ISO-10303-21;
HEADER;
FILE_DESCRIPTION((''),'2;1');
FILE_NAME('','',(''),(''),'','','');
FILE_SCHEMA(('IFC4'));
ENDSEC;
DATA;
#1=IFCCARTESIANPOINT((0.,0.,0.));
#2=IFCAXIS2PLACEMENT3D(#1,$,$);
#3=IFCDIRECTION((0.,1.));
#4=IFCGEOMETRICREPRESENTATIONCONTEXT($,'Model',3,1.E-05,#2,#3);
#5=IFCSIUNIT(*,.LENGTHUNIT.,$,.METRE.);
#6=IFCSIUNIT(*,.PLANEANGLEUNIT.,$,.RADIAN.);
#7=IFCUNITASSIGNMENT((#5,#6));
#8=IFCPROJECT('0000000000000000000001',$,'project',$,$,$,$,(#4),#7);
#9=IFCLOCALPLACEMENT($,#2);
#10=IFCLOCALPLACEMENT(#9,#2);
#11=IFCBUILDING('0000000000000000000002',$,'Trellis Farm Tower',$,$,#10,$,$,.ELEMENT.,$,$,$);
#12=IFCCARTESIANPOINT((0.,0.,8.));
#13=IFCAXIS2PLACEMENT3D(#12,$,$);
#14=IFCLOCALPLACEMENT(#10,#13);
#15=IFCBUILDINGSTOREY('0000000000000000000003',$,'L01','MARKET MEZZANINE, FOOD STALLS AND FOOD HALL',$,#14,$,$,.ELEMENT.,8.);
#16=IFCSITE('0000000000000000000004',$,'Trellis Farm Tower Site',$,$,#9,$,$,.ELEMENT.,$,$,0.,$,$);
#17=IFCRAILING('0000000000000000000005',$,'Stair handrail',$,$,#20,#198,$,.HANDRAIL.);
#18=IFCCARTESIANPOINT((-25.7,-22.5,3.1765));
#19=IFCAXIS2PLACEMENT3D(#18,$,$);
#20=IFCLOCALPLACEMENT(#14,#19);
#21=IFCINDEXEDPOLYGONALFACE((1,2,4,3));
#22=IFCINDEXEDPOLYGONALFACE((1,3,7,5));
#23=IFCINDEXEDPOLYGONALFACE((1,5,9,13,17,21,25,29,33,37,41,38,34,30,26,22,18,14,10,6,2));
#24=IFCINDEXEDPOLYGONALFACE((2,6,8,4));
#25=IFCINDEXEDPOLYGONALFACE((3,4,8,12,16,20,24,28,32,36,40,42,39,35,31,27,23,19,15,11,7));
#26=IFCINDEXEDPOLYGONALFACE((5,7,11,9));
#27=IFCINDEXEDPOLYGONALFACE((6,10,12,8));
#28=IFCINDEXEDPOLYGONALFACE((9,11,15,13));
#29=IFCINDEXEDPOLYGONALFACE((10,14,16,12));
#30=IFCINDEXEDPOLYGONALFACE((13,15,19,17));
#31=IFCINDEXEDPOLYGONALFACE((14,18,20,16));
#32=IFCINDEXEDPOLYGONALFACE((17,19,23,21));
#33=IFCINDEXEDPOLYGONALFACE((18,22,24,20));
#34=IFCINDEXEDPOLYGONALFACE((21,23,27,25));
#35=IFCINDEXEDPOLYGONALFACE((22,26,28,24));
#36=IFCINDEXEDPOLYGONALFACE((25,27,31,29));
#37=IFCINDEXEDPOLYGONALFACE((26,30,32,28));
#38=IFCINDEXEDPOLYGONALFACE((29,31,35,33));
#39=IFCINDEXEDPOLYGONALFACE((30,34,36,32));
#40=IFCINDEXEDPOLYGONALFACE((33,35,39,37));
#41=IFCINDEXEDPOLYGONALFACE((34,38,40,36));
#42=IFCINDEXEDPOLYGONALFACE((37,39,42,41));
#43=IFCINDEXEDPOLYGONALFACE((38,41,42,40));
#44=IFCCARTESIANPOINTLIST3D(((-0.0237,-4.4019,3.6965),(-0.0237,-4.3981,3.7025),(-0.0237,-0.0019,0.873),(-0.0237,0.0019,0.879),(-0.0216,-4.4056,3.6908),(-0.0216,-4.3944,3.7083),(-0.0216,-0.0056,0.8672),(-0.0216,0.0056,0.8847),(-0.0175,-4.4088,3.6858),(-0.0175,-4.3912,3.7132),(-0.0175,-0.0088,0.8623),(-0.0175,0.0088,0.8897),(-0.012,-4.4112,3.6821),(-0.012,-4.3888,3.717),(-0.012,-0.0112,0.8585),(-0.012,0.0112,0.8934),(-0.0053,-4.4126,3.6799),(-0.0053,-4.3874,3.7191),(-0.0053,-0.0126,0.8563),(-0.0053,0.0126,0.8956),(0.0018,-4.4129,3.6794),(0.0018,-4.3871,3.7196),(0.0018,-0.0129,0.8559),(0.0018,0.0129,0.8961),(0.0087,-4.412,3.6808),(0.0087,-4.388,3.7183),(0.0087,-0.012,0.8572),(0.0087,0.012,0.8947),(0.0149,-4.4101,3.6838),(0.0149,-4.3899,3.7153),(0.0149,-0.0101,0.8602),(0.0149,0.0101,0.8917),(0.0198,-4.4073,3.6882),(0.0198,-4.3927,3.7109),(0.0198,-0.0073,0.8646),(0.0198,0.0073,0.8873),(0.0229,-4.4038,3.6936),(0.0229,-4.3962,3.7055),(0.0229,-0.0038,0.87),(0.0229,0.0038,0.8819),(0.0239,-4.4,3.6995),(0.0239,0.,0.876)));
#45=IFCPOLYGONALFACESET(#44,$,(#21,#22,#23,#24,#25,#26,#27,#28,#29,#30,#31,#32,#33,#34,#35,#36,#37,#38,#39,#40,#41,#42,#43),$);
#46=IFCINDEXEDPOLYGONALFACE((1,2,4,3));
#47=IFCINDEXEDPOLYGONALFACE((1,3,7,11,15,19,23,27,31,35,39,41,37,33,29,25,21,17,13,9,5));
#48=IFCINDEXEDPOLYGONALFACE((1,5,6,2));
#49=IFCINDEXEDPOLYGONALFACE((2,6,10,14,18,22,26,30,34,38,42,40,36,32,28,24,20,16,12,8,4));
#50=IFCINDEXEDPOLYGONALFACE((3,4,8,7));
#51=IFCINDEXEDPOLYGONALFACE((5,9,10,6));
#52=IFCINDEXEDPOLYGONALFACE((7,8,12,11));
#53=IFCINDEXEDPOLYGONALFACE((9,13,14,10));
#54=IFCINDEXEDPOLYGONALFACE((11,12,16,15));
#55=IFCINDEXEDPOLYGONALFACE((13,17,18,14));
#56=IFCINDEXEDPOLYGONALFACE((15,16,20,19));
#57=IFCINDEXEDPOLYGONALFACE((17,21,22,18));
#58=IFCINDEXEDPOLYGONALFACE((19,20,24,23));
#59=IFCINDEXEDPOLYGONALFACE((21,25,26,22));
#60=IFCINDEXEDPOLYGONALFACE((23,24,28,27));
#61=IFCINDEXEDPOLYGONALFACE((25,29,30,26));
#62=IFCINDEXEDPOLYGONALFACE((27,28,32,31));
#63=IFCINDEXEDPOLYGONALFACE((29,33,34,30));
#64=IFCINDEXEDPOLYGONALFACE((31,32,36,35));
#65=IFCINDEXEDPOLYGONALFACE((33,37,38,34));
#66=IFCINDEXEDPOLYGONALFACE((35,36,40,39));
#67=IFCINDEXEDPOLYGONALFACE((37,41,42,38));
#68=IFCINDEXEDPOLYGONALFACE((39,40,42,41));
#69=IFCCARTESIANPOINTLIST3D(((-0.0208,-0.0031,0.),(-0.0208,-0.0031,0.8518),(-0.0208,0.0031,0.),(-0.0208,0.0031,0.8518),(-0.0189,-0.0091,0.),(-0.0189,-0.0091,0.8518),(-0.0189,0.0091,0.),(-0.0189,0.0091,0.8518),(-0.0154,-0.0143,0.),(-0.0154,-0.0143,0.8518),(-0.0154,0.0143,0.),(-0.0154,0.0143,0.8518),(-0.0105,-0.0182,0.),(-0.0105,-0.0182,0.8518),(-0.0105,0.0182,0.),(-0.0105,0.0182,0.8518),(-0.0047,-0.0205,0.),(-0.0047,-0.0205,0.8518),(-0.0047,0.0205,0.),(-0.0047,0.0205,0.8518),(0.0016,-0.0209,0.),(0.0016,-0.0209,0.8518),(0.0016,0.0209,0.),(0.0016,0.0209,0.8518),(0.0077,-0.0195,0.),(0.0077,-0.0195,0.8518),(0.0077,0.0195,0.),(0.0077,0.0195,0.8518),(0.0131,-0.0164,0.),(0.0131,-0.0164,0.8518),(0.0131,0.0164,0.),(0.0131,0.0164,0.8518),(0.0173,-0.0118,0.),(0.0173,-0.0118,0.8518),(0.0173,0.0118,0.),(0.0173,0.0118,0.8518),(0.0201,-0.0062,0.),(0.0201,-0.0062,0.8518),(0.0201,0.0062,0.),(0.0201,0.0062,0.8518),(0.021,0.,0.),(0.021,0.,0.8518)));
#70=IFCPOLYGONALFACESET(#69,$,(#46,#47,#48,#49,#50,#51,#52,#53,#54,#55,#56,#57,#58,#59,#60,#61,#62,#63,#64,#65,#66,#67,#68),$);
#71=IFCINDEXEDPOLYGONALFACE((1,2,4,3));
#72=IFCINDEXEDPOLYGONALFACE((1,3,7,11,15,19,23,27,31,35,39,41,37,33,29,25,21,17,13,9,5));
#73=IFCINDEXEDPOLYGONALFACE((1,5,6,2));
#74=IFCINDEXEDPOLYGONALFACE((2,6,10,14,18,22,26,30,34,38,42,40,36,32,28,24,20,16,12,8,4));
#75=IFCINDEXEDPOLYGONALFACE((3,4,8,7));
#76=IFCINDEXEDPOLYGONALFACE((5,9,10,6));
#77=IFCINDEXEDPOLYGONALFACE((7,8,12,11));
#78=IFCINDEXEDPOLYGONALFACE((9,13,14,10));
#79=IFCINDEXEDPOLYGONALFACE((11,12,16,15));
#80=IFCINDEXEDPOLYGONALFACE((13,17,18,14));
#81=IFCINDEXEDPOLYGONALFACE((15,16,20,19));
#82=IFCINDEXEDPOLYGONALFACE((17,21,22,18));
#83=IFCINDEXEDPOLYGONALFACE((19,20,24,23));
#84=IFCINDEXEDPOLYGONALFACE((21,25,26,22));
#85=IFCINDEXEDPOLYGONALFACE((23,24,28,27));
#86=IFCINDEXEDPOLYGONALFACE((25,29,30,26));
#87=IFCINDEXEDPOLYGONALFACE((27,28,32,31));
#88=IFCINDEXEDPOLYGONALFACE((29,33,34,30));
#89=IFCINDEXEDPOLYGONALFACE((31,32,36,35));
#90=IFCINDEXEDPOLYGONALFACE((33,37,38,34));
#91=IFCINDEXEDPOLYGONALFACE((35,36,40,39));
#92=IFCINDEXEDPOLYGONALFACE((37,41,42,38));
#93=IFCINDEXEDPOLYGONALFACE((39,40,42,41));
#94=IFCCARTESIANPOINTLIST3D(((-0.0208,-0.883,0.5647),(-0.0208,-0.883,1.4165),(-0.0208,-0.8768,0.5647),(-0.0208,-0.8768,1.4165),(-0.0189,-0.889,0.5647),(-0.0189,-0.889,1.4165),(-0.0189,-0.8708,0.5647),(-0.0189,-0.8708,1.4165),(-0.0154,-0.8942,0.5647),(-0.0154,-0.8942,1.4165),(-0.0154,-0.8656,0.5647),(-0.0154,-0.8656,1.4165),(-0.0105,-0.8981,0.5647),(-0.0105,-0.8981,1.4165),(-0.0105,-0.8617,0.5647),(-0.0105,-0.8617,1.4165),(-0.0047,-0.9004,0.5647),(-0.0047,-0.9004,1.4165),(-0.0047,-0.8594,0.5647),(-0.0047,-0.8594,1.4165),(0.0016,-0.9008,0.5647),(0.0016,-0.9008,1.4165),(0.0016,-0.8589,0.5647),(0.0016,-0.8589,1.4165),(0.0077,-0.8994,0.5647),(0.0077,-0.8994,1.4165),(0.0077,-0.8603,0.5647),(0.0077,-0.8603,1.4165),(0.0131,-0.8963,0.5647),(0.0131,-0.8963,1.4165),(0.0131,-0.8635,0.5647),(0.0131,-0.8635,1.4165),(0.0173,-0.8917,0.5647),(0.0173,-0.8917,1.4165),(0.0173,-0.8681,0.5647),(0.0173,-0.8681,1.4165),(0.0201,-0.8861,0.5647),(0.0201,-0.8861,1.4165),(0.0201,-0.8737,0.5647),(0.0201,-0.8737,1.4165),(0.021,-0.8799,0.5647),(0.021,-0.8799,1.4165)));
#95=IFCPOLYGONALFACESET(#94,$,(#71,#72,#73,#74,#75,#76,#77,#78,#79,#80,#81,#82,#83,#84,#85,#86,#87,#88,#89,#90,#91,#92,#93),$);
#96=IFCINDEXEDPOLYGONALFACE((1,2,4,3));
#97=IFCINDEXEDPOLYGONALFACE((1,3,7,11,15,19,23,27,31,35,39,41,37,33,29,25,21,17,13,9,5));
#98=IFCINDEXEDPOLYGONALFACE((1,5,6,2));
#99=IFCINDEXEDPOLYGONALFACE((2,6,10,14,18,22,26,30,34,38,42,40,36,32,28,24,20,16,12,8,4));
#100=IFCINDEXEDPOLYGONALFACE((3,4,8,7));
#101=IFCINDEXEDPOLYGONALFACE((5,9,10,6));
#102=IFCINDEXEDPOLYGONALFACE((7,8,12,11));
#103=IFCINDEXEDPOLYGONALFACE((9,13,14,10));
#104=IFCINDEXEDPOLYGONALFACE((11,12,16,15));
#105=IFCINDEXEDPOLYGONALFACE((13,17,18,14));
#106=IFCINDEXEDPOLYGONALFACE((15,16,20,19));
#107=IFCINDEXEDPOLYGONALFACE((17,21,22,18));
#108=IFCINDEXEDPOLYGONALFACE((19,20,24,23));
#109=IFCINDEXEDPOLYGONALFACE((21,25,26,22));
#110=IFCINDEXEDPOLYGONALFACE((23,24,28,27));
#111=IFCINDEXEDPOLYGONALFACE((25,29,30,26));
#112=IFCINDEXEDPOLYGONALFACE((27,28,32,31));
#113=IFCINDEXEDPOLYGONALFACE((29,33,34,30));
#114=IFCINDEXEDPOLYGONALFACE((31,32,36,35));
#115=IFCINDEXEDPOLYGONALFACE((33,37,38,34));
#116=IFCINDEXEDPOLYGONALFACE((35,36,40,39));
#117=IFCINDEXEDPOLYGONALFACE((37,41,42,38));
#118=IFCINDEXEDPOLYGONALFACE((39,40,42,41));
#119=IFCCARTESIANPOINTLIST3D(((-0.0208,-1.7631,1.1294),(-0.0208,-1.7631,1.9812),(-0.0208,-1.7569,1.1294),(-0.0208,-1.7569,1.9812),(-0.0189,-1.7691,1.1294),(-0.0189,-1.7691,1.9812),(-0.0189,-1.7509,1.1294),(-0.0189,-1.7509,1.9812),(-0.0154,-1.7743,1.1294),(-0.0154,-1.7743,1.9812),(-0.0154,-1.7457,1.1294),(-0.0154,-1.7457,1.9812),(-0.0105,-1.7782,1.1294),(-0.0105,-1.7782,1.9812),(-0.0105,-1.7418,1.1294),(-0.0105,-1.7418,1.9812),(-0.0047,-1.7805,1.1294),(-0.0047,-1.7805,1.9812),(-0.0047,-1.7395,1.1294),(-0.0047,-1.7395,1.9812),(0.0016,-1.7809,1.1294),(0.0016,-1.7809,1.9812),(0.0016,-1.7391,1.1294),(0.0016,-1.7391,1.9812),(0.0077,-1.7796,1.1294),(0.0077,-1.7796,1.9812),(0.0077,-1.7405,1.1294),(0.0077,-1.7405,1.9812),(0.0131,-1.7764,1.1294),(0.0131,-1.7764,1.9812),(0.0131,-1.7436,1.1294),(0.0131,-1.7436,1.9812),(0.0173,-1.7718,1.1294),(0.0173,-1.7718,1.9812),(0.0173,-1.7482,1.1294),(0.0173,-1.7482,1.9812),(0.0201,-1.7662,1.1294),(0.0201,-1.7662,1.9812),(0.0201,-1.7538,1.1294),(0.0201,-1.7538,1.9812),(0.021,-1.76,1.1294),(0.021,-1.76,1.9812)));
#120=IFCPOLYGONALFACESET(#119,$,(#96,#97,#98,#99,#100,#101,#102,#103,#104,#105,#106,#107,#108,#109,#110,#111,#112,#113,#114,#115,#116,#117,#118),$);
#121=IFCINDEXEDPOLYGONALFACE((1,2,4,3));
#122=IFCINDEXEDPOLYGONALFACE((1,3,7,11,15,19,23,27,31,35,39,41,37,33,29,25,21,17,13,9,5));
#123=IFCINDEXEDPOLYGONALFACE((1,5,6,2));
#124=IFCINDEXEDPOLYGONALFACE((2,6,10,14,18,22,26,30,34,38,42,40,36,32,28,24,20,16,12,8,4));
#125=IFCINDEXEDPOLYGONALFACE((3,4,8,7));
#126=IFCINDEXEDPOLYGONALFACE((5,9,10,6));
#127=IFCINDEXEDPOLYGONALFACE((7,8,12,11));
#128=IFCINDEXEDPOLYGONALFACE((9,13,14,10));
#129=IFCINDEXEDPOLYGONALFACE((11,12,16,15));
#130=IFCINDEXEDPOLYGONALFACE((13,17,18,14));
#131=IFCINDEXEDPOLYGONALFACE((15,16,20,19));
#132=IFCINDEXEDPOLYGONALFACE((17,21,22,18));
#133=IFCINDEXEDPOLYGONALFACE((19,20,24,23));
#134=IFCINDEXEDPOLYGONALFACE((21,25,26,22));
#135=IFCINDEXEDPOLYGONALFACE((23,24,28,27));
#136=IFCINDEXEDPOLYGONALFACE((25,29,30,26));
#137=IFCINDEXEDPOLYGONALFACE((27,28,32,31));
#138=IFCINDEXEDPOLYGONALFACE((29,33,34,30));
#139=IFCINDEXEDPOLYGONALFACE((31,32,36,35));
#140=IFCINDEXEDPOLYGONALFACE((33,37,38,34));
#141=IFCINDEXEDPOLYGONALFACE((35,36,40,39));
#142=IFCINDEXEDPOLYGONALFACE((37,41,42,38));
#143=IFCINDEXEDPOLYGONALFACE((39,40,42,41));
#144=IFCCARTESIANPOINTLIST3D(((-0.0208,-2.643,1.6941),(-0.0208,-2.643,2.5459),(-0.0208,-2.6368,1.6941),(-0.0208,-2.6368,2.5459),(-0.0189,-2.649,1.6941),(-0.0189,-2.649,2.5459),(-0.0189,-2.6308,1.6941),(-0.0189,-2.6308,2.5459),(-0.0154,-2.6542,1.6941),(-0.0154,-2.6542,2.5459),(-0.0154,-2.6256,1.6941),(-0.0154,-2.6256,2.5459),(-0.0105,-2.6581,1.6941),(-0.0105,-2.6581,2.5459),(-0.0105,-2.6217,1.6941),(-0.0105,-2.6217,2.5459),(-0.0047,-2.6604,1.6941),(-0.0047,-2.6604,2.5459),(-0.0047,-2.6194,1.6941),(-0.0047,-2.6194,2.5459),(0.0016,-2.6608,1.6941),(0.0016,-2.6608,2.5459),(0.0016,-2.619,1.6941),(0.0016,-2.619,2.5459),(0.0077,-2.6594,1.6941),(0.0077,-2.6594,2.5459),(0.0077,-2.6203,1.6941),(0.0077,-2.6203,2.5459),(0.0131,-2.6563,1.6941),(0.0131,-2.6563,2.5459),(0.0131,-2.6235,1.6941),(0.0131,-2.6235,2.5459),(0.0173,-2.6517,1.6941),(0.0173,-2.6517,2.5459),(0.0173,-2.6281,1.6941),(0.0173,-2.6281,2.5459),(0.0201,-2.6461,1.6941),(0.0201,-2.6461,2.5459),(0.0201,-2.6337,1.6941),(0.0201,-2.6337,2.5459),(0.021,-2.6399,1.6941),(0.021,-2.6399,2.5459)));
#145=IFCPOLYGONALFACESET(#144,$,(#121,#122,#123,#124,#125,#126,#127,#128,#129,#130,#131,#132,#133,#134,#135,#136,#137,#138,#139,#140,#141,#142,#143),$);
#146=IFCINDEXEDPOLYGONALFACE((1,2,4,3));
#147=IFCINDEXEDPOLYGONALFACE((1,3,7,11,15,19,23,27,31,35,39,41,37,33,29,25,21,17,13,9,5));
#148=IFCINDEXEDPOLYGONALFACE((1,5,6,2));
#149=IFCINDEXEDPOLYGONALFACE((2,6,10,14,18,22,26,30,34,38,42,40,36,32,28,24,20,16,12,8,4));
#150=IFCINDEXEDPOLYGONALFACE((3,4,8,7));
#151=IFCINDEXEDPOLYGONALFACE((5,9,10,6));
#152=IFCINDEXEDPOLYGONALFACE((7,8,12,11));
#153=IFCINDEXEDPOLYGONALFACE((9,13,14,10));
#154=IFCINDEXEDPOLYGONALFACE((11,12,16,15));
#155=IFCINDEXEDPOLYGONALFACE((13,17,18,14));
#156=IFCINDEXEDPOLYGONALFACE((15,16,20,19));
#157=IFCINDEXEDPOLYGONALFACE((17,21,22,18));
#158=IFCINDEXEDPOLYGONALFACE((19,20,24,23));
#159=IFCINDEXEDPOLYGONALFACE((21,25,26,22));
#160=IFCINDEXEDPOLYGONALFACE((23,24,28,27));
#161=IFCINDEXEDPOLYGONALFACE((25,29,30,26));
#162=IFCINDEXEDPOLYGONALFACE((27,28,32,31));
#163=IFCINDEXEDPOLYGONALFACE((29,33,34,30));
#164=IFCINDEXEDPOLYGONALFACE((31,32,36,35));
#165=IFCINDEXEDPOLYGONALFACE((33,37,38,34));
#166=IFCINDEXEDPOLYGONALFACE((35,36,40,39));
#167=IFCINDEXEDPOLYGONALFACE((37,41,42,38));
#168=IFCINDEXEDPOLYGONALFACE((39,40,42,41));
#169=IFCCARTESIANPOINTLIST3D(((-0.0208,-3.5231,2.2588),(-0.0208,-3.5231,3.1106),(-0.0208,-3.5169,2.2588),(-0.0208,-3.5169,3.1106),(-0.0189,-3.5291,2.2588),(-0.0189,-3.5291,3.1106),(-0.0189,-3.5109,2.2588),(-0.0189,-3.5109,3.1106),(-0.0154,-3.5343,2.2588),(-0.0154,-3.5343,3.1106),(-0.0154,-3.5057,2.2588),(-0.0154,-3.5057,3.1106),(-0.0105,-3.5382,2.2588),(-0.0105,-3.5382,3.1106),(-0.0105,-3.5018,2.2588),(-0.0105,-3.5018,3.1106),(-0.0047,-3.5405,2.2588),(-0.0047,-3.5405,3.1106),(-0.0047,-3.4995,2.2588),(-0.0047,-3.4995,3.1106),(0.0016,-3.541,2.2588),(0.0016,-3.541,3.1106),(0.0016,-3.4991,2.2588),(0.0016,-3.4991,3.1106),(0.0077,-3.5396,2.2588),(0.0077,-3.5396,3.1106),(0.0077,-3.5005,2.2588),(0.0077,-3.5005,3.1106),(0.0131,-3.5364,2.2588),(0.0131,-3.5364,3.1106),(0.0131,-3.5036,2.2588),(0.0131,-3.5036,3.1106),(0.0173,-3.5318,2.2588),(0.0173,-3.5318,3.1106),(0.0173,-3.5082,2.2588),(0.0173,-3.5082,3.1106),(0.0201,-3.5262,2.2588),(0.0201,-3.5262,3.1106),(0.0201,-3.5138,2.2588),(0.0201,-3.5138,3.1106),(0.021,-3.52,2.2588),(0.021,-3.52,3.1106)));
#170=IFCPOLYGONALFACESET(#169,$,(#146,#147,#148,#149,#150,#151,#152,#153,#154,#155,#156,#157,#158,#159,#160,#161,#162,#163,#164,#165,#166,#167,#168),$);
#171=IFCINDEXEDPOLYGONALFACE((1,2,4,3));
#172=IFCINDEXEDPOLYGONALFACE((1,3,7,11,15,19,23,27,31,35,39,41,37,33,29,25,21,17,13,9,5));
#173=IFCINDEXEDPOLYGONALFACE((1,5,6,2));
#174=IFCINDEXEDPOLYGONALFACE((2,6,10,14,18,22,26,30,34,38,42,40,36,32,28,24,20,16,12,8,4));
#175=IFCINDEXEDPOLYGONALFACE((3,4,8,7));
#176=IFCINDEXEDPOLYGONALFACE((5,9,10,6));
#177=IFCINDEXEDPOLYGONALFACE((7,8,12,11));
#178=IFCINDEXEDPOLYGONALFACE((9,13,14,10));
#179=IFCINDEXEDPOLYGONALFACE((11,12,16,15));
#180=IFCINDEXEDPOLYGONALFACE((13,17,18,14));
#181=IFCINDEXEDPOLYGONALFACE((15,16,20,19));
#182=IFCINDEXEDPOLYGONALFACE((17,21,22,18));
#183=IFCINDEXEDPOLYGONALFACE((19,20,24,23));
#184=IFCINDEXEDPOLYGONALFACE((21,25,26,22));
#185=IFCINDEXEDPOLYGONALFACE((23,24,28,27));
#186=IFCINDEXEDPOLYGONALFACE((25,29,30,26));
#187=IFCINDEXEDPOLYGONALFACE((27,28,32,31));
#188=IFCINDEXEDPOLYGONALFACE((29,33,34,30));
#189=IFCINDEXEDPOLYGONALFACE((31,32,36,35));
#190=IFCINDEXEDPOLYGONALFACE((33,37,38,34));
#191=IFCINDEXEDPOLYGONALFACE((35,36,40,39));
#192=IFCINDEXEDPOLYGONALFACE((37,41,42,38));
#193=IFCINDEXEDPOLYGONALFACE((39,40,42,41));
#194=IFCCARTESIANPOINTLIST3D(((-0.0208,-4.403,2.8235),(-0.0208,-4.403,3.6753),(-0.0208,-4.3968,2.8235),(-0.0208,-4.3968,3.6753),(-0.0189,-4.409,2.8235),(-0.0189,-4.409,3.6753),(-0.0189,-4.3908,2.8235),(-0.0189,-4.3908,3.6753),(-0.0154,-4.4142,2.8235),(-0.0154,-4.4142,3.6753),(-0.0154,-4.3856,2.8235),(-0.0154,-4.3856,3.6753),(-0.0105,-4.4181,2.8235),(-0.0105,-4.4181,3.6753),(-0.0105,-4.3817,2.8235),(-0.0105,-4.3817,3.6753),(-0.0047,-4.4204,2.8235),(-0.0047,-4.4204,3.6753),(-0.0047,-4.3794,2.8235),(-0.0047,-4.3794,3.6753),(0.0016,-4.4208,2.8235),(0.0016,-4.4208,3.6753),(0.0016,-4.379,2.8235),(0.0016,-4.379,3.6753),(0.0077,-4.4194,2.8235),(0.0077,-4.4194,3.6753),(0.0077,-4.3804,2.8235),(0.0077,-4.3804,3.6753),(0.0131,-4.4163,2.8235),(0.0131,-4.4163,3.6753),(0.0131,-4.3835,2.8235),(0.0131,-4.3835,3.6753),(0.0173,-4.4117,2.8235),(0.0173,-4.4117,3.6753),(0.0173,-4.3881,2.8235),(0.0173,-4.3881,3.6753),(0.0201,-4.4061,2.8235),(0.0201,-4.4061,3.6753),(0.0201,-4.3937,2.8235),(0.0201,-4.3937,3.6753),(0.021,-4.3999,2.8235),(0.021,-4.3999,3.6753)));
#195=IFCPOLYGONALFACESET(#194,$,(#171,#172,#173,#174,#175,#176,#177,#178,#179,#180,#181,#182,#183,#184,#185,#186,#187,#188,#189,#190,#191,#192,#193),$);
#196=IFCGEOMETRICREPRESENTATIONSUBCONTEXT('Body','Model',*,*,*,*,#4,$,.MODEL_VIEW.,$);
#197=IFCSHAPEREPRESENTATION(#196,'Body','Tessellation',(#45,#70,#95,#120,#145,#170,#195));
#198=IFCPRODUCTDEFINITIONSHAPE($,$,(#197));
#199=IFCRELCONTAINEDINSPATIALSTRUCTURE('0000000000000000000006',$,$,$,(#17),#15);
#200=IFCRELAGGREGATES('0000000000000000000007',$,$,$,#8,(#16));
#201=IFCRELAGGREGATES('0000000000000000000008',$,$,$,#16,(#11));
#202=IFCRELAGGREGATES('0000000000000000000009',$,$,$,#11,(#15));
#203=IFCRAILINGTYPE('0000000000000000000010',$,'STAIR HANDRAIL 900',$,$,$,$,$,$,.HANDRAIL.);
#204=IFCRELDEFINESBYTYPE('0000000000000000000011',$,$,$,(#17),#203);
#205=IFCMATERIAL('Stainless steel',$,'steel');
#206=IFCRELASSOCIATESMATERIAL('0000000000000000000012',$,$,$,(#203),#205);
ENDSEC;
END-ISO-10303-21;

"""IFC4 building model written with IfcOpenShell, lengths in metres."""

from ifc_helpers import new_model, si_unit, direction, frame, origin, origin_2d, place, context, subcontext, project, spatial, circle, extrude, source, transform, mapped, material, type_object, element, save


model = new_model("IFC4")

# Units and contexts
model_context = context("Model", 3, precision=1e-05, world=origin(), true_north=direction((0.0, 1.0)))
body_context = subcontext(model_context, "Body", "Model", "MODEL_VIEW")
ifc_project = project(units=[si_unit("LENGTHUNIT", "METRE"), si_unit("PLANEANGLEUNIT", "RADIAN")], contexts=[model_context])

# Site, building, storey
site_placement = place(None, origin())
site = spatial("IfcSite", under=ifc_project, at=site_placement, Name="Trellis Farm Tower Site", CompositionType="ELEMENT", RefElevation=0.0)
building_placement = place(site_placement, origin())
building = spatial("IfcBuilding", under=site, at=building_placement, Name="Trellis Farm Tower", CompositionType="ELEMENT")
storey_placement = place(building_placement, frame((0.0, 0.0, 8.0)))
storey = spatial("IfcBuildingStorey", under=building, at=storey_placement, Name="L01", Description="MARKET MEZZANINE, FOOD STALLS AND FOOD HALL", CompositionType="ELEMENT", Elevation=8.0)

# Railing
ifc_material_1 = material(Name="Stainless steel", Category="steel")
railing_type = type_object("IfcRailingType", Name="STAIR HANDRAIL 900", PredefinedType="HANDRAIL", material=ifc_material_1)
shared_shape_1 = source(origin(), body_context, "Body", "SweptSolid", [
    extrude(circle(Radius=0.0239, at=origin_2d()), frame((0.0, 0.0, 0.876), z_axis=(0.0, -0.841615, 0.540078), x_axis=(1.0, 0.0, 0.0)), (0.0, 0.0, 1.0), 5.228),
    extrude(circle(Radius=0.021, at=origin_2d()), origin(), (0.0, 0.0, 1.0), 0.8518),
    extrude(circle(Radius=0.021, at=origin_2d()), frame((0.0, -0.8799, 0.5647)), (0.0, 0.0, 1.0), 0.8518),
    extrude(circle(Radius=0.021, at=origin_2d()), frame((0.0, -1.76, 1.1294)), (0.0, 0.0, 1.0), 0.8518),
    extrude(circle(Radius=0.021, at=origin_2d()), frame((0.0, -2.6399, 1.6941)), (0.0, 0.0, 1.0), 0.8518),
    extrude(circle(Radius=0.021, at=origin_2d()), frame((0.0, -3.52, 2.2588)), (0.0, 0.0, 1.0), 0.8518),
    extrude(circle(Radius=0.021, at=origin_2d()), frame((0.0, -4.3999, 2.8235)), (0.0, 0.0, 1.0), 0.8518),
])
for number, where, name in (
    (1, (-25.7, -22.5, 3.1765), "Stair handrail"),
):
    element("IfcRailing", number, at=place(storey_placement, frame(where)), inside=storey, type_object=railing_type, Name=name, PredefinedType="HANDRAIL", context=body_context, shape_type="MappedRepresentation", body=[
        mapped(shared_shape_1, transform((0.0, 0.0, 0.0))),
    ])

save(model, "model.ifc")
